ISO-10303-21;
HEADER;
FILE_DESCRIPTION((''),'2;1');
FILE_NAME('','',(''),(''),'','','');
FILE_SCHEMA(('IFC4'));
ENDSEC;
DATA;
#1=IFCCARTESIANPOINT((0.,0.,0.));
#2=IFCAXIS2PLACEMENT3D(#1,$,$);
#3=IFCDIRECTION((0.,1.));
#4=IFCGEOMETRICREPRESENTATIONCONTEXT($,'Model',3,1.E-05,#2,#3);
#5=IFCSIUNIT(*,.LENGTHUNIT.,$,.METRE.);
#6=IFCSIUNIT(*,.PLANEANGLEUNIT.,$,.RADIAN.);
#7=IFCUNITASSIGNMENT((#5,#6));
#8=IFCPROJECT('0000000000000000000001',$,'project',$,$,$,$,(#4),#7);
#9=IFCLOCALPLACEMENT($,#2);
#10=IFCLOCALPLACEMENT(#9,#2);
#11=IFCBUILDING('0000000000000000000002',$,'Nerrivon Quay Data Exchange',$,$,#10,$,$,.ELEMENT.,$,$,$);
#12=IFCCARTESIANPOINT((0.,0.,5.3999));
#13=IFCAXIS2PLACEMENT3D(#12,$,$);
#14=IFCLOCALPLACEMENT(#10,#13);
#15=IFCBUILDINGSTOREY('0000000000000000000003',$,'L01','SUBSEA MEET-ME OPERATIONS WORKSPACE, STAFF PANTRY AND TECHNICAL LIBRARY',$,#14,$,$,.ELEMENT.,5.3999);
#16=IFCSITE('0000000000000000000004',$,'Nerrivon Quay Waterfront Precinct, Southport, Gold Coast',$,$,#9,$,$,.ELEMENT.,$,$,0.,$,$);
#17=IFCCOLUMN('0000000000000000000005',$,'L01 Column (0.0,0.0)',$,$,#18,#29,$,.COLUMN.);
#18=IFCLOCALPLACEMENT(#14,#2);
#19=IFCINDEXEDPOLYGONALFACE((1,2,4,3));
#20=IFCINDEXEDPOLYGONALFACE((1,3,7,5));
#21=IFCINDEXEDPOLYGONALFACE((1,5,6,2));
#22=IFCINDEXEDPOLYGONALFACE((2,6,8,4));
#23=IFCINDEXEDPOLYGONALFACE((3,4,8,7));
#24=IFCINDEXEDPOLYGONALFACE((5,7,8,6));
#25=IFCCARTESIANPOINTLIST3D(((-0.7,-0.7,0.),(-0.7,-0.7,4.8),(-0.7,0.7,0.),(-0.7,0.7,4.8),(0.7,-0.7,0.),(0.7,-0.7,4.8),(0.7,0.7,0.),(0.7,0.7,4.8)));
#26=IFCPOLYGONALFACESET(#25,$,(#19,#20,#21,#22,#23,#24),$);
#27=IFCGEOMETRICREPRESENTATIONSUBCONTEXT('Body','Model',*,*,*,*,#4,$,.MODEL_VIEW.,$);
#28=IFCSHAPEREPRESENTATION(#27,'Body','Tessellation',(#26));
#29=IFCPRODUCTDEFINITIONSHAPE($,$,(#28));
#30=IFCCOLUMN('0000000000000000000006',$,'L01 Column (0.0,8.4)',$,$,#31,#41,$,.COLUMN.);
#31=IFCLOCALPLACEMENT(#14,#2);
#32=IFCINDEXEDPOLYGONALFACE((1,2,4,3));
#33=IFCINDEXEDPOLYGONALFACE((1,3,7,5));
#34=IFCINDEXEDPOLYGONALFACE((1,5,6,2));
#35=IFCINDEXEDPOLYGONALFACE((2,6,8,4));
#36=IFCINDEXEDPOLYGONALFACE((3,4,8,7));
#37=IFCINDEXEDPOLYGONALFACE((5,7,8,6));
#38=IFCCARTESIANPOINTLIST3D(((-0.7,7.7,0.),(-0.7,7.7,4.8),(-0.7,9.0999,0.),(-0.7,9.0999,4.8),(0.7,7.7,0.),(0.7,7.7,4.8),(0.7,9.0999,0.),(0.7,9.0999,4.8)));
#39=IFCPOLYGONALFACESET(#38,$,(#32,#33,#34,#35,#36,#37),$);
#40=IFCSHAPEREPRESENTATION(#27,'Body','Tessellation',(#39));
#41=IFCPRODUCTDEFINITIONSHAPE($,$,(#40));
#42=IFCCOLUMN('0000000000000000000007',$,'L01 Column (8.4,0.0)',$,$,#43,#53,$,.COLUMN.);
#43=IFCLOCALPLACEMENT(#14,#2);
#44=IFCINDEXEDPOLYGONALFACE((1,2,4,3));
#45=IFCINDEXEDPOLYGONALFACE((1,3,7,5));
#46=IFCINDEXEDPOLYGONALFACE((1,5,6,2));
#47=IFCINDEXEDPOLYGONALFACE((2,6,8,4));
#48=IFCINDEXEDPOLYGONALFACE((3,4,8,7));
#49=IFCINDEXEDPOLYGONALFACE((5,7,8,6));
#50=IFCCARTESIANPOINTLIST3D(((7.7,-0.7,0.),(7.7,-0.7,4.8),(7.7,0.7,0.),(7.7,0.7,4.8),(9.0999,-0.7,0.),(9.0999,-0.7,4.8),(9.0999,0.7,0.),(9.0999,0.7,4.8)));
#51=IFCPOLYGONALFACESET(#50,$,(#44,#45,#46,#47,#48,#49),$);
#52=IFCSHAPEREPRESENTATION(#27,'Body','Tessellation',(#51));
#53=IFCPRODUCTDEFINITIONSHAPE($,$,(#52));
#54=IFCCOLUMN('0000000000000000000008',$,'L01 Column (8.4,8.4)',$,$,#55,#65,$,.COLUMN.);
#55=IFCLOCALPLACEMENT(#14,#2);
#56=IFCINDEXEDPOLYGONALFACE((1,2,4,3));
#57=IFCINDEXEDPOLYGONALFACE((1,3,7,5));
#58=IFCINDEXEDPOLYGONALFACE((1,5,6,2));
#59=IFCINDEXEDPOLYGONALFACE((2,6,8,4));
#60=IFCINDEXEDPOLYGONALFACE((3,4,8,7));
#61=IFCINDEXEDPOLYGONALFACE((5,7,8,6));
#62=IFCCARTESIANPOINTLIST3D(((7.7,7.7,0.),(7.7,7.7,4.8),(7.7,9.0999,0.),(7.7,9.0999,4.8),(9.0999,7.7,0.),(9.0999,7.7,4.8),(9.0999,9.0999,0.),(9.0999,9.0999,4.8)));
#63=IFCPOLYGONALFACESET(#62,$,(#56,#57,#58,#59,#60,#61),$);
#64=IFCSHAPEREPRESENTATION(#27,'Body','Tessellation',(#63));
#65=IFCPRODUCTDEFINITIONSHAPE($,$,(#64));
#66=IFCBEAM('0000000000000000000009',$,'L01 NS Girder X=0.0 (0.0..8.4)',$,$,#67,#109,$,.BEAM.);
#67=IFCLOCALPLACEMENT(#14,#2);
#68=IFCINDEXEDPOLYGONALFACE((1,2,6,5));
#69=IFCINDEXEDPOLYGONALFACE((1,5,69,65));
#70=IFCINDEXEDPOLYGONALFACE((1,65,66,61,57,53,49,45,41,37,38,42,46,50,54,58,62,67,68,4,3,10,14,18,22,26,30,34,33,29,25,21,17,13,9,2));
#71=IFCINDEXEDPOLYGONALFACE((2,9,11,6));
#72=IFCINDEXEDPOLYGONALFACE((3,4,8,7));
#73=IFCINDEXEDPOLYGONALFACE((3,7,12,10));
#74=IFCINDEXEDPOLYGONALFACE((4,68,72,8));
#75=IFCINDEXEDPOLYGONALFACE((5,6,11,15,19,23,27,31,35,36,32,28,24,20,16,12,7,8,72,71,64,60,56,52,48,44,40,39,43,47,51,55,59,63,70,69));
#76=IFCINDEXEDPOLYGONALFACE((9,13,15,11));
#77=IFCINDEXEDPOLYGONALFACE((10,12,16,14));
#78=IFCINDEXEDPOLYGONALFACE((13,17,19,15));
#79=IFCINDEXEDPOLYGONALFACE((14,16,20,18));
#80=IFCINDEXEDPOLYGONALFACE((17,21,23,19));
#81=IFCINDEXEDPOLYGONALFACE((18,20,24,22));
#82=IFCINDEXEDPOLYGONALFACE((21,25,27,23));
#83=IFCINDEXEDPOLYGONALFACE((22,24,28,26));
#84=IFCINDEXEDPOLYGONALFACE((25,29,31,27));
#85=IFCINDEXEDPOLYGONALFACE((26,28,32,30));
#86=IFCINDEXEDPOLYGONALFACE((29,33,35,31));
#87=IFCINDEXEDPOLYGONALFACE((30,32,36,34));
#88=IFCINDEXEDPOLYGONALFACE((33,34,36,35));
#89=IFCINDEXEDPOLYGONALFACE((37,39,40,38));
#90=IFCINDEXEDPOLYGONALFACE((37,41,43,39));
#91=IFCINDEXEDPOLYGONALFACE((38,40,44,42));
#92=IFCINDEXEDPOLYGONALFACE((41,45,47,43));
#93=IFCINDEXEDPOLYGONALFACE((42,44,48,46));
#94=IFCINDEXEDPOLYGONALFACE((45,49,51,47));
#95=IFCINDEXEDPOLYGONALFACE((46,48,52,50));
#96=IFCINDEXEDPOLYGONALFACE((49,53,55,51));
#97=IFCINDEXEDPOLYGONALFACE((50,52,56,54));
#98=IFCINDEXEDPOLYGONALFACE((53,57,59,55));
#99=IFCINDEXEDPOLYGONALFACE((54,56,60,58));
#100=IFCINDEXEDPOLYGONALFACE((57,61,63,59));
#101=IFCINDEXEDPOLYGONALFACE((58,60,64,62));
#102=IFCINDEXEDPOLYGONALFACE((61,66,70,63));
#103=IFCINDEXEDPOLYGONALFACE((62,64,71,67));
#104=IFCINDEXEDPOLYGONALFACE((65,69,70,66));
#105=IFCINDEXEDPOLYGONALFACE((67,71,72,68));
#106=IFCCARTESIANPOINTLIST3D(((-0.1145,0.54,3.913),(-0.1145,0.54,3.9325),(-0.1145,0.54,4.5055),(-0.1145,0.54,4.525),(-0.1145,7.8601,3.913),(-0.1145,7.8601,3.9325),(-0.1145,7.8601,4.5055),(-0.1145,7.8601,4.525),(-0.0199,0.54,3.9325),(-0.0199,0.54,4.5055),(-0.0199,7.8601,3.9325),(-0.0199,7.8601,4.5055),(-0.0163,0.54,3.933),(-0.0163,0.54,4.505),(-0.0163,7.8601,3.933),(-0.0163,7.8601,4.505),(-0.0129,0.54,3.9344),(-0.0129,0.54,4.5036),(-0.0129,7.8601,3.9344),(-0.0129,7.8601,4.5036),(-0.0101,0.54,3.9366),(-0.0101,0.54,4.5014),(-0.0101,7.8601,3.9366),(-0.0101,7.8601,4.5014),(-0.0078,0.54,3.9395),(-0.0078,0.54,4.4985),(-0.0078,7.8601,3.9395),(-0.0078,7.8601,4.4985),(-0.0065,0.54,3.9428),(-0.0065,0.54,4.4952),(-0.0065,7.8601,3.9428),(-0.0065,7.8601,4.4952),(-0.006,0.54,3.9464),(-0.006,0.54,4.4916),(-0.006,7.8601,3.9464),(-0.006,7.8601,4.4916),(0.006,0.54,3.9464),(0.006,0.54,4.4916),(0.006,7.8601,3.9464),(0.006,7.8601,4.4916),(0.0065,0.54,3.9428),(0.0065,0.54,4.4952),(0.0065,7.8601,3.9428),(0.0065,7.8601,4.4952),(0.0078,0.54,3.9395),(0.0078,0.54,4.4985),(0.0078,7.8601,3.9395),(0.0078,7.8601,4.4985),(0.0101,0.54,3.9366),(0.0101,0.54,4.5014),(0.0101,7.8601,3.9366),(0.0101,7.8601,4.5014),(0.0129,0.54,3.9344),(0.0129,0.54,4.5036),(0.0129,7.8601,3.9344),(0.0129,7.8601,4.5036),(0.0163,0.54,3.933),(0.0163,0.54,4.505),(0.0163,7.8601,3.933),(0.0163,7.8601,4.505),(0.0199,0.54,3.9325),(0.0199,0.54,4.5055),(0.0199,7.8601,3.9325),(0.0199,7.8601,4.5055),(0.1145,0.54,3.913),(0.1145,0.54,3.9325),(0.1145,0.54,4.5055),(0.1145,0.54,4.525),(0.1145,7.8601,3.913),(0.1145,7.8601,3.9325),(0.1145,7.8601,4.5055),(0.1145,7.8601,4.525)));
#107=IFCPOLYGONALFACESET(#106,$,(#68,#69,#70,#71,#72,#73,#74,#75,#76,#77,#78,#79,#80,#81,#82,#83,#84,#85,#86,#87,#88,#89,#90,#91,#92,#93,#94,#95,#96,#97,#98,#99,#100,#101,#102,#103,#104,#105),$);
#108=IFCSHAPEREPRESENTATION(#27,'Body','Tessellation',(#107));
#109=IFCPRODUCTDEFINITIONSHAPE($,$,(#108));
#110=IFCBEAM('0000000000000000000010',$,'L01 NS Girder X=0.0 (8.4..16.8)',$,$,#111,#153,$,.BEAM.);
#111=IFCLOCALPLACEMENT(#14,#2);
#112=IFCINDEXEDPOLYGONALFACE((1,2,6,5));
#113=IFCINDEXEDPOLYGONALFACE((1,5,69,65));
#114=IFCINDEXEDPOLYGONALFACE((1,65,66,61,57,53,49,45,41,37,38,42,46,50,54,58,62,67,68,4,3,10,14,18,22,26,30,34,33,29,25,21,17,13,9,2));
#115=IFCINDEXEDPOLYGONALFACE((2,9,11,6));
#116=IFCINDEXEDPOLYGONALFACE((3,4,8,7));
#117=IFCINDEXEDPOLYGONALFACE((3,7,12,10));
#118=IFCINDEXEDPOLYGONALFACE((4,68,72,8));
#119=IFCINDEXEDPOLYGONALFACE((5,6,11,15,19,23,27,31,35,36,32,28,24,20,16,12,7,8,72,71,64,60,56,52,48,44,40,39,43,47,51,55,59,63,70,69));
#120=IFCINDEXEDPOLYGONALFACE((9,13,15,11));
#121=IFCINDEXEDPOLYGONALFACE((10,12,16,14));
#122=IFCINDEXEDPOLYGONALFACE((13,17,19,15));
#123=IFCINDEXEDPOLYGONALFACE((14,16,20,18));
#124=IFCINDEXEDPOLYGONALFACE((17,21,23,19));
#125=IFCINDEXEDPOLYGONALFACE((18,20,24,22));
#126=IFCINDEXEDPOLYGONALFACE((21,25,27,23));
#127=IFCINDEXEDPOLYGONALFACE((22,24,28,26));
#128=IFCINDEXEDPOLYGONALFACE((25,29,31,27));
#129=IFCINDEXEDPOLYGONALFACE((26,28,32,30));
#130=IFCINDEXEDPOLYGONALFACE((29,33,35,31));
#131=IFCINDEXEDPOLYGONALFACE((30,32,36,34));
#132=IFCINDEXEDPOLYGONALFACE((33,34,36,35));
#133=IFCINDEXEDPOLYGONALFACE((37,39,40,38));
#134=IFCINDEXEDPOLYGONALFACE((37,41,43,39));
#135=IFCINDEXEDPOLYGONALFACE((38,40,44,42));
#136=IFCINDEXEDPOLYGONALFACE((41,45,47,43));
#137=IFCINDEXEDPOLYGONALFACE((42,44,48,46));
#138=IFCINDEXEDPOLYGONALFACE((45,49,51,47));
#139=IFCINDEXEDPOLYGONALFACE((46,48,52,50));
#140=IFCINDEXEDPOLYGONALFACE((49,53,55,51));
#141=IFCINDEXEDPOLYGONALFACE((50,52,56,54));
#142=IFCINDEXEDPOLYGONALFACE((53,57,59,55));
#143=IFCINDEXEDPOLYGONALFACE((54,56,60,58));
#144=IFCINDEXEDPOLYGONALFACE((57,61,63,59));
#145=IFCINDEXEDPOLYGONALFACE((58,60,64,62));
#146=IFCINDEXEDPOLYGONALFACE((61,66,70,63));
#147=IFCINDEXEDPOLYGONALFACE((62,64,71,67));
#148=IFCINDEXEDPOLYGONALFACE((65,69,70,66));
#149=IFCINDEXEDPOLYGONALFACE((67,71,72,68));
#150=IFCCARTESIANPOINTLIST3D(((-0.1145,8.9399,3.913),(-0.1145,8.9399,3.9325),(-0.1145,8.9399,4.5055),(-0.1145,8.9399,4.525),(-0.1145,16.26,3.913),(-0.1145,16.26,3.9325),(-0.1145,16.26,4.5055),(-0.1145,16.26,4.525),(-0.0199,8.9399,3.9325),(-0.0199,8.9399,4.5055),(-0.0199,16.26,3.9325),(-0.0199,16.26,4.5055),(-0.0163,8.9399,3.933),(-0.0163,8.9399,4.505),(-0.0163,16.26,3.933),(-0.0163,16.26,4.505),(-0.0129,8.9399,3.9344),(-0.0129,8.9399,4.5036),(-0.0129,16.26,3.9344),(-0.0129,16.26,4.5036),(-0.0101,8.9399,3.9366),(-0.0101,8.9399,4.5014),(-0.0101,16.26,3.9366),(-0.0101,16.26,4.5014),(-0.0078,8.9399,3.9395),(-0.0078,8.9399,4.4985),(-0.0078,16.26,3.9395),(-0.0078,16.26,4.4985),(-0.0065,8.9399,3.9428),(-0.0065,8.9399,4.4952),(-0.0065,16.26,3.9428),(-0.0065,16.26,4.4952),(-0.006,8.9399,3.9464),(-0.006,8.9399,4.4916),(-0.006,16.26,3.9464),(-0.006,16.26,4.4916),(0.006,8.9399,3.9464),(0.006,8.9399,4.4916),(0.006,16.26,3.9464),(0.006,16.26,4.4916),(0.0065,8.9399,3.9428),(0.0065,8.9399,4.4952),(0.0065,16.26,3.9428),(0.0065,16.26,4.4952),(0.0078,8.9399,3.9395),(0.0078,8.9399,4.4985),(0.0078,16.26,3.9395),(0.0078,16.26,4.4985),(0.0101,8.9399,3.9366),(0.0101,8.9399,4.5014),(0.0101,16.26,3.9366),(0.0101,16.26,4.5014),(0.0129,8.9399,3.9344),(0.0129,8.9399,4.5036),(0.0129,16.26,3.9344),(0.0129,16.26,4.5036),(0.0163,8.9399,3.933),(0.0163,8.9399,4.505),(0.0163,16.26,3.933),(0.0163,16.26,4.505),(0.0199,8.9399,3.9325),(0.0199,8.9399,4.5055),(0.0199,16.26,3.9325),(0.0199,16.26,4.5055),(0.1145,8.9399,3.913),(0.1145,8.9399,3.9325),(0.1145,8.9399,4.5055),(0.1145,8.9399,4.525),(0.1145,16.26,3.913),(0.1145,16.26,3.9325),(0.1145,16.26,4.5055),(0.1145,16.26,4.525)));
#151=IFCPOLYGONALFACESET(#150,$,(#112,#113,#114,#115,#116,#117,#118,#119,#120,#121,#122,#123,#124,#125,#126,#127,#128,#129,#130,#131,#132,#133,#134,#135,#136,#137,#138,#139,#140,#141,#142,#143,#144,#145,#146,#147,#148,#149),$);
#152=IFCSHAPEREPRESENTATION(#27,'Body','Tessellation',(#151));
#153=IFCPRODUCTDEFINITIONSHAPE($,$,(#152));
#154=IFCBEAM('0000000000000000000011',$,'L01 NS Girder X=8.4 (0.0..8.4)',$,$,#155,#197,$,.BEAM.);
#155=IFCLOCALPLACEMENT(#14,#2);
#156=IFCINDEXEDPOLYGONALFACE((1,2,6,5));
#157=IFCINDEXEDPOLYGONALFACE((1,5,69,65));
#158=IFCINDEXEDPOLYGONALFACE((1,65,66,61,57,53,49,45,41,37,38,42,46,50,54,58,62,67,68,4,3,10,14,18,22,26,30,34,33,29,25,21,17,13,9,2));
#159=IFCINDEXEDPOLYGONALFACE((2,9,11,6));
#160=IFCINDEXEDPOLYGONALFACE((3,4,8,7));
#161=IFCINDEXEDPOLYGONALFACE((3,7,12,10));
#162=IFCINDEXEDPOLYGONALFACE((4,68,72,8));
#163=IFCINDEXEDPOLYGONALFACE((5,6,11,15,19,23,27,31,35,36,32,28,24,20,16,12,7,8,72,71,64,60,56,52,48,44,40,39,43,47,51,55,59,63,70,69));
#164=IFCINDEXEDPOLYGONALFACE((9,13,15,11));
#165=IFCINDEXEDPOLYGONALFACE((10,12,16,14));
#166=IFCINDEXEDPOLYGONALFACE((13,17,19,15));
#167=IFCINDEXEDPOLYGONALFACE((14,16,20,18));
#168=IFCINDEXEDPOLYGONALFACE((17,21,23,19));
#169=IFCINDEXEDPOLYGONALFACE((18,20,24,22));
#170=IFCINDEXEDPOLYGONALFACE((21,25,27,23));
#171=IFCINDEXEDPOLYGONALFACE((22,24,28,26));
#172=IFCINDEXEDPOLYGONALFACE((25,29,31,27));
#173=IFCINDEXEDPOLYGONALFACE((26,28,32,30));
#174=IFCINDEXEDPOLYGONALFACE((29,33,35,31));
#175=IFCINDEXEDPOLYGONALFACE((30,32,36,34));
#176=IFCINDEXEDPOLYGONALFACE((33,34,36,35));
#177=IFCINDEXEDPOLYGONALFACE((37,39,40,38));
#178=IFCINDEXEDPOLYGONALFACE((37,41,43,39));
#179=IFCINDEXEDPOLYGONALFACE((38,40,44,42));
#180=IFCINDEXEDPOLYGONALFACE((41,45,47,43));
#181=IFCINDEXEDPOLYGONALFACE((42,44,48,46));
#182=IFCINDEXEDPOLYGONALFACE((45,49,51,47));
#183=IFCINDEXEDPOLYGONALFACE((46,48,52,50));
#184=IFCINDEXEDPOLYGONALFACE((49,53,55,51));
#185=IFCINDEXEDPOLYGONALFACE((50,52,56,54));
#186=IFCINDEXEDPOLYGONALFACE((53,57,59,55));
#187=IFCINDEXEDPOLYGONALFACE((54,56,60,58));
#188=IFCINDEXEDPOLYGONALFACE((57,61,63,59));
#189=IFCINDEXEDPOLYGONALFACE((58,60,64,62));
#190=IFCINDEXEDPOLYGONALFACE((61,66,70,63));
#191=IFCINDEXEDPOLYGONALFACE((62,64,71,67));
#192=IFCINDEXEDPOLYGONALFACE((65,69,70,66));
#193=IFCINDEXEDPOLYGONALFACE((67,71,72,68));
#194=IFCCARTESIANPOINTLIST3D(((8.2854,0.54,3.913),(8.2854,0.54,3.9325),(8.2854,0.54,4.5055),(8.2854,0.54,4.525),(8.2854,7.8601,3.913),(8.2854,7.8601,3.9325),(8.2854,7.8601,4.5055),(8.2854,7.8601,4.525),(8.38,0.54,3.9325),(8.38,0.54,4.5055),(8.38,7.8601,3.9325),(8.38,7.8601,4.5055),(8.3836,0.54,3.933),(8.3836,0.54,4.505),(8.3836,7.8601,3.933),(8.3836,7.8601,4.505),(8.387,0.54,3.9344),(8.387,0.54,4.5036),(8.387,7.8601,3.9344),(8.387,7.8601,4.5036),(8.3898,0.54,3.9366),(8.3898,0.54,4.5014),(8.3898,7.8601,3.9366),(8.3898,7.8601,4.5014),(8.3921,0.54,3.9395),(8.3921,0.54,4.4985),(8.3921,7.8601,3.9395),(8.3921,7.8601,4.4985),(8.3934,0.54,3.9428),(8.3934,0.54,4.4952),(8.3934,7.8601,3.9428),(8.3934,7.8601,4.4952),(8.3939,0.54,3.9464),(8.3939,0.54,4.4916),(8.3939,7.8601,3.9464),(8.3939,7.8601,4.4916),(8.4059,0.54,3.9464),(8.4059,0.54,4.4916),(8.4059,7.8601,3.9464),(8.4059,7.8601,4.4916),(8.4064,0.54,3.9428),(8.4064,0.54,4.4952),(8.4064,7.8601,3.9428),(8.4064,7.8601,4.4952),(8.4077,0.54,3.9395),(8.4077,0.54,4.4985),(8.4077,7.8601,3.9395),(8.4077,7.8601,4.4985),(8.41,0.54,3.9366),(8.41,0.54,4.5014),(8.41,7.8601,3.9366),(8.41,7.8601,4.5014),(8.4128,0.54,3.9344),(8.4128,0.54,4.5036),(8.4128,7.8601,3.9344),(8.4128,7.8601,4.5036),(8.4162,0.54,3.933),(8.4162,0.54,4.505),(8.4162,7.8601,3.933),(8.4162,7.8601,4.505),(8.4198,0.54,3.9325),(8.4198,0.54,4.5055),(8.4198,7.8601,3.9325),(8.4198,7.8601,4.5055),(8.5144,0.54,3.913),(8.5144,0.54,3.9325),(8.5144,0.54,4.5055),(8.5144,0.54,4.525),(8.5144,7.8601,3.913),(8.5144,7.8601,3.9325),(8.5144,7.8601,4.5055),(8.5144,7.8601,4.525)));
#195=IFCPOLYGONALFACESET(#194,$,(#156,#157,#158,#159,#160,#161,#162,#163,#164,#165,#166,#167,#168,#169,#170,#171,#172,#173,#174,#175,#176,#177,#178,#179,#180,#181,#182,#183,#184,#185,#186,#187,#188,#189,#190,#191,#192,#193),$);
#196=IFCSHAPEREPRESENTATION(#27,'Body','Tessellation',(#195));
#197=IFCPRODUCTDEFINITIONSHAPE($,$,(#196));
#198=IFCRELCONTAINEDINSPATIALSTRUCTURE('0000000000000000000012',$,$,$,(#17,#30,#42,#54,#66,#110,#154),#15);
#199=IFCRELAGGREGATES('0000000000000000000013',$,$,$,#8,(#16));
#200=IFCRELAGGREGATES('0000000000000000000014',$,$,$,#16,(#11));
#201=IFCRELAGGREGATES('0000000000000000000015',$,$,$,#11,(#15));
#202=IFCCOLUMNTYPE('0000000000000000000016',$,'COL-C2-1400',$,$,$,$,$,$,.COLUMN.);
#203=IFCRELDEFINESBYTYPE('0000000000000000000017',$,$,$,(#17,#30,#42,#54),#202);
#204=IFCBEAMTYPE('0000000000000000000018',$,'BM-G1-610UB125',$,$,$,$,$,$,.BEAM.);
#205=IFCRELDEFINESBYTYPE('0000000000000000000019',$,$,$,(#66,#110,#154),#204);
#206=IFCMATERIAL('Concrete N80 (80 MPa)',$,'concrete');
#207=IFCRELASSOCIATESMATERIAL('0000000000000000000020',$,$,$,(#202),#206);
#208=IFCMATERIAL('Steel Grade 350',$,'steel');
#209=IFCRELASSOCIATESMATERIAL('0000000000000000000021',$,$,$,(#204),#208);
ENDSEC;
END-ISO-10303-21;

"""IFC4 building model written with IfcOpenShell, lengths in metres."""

from ifc_helpers import new_model, si_unit, direction, frame, origin, origin_2d, place, context, subcontext, project, spatial, rectangle, i_section, extrude, material, material_profile, profile_set, type_object, element, save


model = new_model("IFC4")

# Units and contexts
model_context = context("Model", 3, precision=1e-05, world=origin(), true_north=direction((0.0, 1.0)))
body_context = subcontext(model_context, "Body", "Model", "MODEL_VIEW")
ifc_project = project(units=[si_unit("LENGTHUNIT", "METRE"), si_unit("PLANEANGLEUNIT", "RADIAN")], contexts=[model_context])

# Site, building, storey
site_placement = place(None, origin())
site = spatial("IfcSite", under=ifc_project, at=site_placement, Name="Nerrivon Quay Waterfront Precinct, Southport, Gold Coast", CompositionType="ELEMENT", RefElevation=0.0)
building_placement = place(site_placement, origin())
building = spatial("IfcBuilding", under=site, at=building_placement, Name="Nerrivon Quay Data Exchange", CompositionType="ELEMENT")
storey_placement = place(building_placement, frame((0.0, 0.0, 5.3999)))
storey = spatial("IfcBuildingStorey", under=building, at=storey_placement, Name="L01", Description="SUBSEA MEET-ME OPERATIONS WORKSPACE, STAFF PANTRY AND TECHNICAL LIBRARY", CompositionType="ELEMENT", Elevation=5.3999)

# Columns
ifc_material_1 = material(Name="Concrete N80 (80 MPa)", Category="concrete")
ifc_material_profile_1 = material_profile(ifc_material_1, rectangle(XDim=1.3999, YDim=1.3999, at=origin_2d()), Name="RC-COL-1400x1400")
ifc_profile_set_1 = profile_set([ifc_material_profile_1], Name="Concrete N80 (80 MPa)")
column_type = type_object("IfcColumnType", Name="COL-C2-1400", PredefinedType="COLUMN", material=ifc_profile_set_1)
for number, where, z_axis, x_axis, name in (
    (1, (0.0, 0.0, 0.0), (0.0, 0.0, 1.0), (1.0, 0.0, 0.0), "L01 Column (0.0,0.0)"),
    (2, (0.0, 8.3999, 0.0), (0.0, 0.0, 1.0), (1.0, 0.0, 0.0), "L01 Column (0.0,8.4)"),
    (3, (8.3999, 0.0, 0.0), (0.0, 0.0, 1.0), (1.0, 0.0, 0.0), "L01 Column (8.4,0.0)"),
    (4, (8.3999, 8.3999, 0.0), (0.0, 0.0, 1.0), (1.0, 0.0, 0.0), "L01 Column (8.4,8.4)"),
):
    element("IfcColumn", number, at=place(storey_placement, frame(where, z_axis=z_axis, x_axis=x_axis)), inside=storey, type_object=column_type, Name=name, PredefinedType="COLUMN", context=body_context, shape_type="SweptSolid", body=[
        extrude(rectangle(XDim=1.3999, YDim=1.3999, at=origin_2d()), origin(), (0.0, 0.0, 1.0), 4.8),
    ])

# Beams
ifc_material_2 = material(Name="Steel Grade 350", Category="steel")
ifc_material_profile_2 = material_profile(ifc_material_2, i_section(OverallWidth=0.229, OverallDepth=0.6121, WebThickness=0.012, FlangeThickness=0.0195, FilletRadius=0.0139, at=origin_2d()), Name="610UB125")
ifc_profile_set_2 = profile_set([ifc_material_profile_2], Name="Steel Grade 350")
beam_type_1 = type_object("IfcBeamType", Name="BM-G1-610UB125", PredefinedType="BEAM", material=ifc_profile_set_2)
for number, where, z_axis, x_axis, name in (
    (5, (0.0, 0.54, 4.219), (0.0, 1.0, 0.0), (-1.0, 0.0, 0.0), "L01 NS Girder X=0.0 (0.0..8.4)"),
    (6, (0.0, 8.9399, 4.219), (0.0, 1.0, 0.0), (-1.0, 0.0, 0.0), "L01 NS Girder X=0.0 (8.4..16.8)"),
    (7, (8.3999, 0.54, 4.219), (0.0, 1.0, 0.0), (-1.0, 0.0, 0.0), "L01 NS Girder X=8.4 (0.0..8.4)"),
):
    element("IfcBeam", number, at=place(storey_placement, frame(where, z_axis=z_axis, x_axis=x_axis)), inside=storey, type_object=beam_type_1, Name=name, PredefinedType="BEAM", context=body_context, shape_type="SweptSolid", body=[
        extrude(i_section(OverallWidth=0.229, OverallDepth=0.6121, WebThickness=0.012, FlangeThickness=0.0195, FilletRadius=0.0139, at=origin_2d()), origin(), (0.0, 0.0, 1.0), 7.3201),
    ])

save(model, "model.ifc")
